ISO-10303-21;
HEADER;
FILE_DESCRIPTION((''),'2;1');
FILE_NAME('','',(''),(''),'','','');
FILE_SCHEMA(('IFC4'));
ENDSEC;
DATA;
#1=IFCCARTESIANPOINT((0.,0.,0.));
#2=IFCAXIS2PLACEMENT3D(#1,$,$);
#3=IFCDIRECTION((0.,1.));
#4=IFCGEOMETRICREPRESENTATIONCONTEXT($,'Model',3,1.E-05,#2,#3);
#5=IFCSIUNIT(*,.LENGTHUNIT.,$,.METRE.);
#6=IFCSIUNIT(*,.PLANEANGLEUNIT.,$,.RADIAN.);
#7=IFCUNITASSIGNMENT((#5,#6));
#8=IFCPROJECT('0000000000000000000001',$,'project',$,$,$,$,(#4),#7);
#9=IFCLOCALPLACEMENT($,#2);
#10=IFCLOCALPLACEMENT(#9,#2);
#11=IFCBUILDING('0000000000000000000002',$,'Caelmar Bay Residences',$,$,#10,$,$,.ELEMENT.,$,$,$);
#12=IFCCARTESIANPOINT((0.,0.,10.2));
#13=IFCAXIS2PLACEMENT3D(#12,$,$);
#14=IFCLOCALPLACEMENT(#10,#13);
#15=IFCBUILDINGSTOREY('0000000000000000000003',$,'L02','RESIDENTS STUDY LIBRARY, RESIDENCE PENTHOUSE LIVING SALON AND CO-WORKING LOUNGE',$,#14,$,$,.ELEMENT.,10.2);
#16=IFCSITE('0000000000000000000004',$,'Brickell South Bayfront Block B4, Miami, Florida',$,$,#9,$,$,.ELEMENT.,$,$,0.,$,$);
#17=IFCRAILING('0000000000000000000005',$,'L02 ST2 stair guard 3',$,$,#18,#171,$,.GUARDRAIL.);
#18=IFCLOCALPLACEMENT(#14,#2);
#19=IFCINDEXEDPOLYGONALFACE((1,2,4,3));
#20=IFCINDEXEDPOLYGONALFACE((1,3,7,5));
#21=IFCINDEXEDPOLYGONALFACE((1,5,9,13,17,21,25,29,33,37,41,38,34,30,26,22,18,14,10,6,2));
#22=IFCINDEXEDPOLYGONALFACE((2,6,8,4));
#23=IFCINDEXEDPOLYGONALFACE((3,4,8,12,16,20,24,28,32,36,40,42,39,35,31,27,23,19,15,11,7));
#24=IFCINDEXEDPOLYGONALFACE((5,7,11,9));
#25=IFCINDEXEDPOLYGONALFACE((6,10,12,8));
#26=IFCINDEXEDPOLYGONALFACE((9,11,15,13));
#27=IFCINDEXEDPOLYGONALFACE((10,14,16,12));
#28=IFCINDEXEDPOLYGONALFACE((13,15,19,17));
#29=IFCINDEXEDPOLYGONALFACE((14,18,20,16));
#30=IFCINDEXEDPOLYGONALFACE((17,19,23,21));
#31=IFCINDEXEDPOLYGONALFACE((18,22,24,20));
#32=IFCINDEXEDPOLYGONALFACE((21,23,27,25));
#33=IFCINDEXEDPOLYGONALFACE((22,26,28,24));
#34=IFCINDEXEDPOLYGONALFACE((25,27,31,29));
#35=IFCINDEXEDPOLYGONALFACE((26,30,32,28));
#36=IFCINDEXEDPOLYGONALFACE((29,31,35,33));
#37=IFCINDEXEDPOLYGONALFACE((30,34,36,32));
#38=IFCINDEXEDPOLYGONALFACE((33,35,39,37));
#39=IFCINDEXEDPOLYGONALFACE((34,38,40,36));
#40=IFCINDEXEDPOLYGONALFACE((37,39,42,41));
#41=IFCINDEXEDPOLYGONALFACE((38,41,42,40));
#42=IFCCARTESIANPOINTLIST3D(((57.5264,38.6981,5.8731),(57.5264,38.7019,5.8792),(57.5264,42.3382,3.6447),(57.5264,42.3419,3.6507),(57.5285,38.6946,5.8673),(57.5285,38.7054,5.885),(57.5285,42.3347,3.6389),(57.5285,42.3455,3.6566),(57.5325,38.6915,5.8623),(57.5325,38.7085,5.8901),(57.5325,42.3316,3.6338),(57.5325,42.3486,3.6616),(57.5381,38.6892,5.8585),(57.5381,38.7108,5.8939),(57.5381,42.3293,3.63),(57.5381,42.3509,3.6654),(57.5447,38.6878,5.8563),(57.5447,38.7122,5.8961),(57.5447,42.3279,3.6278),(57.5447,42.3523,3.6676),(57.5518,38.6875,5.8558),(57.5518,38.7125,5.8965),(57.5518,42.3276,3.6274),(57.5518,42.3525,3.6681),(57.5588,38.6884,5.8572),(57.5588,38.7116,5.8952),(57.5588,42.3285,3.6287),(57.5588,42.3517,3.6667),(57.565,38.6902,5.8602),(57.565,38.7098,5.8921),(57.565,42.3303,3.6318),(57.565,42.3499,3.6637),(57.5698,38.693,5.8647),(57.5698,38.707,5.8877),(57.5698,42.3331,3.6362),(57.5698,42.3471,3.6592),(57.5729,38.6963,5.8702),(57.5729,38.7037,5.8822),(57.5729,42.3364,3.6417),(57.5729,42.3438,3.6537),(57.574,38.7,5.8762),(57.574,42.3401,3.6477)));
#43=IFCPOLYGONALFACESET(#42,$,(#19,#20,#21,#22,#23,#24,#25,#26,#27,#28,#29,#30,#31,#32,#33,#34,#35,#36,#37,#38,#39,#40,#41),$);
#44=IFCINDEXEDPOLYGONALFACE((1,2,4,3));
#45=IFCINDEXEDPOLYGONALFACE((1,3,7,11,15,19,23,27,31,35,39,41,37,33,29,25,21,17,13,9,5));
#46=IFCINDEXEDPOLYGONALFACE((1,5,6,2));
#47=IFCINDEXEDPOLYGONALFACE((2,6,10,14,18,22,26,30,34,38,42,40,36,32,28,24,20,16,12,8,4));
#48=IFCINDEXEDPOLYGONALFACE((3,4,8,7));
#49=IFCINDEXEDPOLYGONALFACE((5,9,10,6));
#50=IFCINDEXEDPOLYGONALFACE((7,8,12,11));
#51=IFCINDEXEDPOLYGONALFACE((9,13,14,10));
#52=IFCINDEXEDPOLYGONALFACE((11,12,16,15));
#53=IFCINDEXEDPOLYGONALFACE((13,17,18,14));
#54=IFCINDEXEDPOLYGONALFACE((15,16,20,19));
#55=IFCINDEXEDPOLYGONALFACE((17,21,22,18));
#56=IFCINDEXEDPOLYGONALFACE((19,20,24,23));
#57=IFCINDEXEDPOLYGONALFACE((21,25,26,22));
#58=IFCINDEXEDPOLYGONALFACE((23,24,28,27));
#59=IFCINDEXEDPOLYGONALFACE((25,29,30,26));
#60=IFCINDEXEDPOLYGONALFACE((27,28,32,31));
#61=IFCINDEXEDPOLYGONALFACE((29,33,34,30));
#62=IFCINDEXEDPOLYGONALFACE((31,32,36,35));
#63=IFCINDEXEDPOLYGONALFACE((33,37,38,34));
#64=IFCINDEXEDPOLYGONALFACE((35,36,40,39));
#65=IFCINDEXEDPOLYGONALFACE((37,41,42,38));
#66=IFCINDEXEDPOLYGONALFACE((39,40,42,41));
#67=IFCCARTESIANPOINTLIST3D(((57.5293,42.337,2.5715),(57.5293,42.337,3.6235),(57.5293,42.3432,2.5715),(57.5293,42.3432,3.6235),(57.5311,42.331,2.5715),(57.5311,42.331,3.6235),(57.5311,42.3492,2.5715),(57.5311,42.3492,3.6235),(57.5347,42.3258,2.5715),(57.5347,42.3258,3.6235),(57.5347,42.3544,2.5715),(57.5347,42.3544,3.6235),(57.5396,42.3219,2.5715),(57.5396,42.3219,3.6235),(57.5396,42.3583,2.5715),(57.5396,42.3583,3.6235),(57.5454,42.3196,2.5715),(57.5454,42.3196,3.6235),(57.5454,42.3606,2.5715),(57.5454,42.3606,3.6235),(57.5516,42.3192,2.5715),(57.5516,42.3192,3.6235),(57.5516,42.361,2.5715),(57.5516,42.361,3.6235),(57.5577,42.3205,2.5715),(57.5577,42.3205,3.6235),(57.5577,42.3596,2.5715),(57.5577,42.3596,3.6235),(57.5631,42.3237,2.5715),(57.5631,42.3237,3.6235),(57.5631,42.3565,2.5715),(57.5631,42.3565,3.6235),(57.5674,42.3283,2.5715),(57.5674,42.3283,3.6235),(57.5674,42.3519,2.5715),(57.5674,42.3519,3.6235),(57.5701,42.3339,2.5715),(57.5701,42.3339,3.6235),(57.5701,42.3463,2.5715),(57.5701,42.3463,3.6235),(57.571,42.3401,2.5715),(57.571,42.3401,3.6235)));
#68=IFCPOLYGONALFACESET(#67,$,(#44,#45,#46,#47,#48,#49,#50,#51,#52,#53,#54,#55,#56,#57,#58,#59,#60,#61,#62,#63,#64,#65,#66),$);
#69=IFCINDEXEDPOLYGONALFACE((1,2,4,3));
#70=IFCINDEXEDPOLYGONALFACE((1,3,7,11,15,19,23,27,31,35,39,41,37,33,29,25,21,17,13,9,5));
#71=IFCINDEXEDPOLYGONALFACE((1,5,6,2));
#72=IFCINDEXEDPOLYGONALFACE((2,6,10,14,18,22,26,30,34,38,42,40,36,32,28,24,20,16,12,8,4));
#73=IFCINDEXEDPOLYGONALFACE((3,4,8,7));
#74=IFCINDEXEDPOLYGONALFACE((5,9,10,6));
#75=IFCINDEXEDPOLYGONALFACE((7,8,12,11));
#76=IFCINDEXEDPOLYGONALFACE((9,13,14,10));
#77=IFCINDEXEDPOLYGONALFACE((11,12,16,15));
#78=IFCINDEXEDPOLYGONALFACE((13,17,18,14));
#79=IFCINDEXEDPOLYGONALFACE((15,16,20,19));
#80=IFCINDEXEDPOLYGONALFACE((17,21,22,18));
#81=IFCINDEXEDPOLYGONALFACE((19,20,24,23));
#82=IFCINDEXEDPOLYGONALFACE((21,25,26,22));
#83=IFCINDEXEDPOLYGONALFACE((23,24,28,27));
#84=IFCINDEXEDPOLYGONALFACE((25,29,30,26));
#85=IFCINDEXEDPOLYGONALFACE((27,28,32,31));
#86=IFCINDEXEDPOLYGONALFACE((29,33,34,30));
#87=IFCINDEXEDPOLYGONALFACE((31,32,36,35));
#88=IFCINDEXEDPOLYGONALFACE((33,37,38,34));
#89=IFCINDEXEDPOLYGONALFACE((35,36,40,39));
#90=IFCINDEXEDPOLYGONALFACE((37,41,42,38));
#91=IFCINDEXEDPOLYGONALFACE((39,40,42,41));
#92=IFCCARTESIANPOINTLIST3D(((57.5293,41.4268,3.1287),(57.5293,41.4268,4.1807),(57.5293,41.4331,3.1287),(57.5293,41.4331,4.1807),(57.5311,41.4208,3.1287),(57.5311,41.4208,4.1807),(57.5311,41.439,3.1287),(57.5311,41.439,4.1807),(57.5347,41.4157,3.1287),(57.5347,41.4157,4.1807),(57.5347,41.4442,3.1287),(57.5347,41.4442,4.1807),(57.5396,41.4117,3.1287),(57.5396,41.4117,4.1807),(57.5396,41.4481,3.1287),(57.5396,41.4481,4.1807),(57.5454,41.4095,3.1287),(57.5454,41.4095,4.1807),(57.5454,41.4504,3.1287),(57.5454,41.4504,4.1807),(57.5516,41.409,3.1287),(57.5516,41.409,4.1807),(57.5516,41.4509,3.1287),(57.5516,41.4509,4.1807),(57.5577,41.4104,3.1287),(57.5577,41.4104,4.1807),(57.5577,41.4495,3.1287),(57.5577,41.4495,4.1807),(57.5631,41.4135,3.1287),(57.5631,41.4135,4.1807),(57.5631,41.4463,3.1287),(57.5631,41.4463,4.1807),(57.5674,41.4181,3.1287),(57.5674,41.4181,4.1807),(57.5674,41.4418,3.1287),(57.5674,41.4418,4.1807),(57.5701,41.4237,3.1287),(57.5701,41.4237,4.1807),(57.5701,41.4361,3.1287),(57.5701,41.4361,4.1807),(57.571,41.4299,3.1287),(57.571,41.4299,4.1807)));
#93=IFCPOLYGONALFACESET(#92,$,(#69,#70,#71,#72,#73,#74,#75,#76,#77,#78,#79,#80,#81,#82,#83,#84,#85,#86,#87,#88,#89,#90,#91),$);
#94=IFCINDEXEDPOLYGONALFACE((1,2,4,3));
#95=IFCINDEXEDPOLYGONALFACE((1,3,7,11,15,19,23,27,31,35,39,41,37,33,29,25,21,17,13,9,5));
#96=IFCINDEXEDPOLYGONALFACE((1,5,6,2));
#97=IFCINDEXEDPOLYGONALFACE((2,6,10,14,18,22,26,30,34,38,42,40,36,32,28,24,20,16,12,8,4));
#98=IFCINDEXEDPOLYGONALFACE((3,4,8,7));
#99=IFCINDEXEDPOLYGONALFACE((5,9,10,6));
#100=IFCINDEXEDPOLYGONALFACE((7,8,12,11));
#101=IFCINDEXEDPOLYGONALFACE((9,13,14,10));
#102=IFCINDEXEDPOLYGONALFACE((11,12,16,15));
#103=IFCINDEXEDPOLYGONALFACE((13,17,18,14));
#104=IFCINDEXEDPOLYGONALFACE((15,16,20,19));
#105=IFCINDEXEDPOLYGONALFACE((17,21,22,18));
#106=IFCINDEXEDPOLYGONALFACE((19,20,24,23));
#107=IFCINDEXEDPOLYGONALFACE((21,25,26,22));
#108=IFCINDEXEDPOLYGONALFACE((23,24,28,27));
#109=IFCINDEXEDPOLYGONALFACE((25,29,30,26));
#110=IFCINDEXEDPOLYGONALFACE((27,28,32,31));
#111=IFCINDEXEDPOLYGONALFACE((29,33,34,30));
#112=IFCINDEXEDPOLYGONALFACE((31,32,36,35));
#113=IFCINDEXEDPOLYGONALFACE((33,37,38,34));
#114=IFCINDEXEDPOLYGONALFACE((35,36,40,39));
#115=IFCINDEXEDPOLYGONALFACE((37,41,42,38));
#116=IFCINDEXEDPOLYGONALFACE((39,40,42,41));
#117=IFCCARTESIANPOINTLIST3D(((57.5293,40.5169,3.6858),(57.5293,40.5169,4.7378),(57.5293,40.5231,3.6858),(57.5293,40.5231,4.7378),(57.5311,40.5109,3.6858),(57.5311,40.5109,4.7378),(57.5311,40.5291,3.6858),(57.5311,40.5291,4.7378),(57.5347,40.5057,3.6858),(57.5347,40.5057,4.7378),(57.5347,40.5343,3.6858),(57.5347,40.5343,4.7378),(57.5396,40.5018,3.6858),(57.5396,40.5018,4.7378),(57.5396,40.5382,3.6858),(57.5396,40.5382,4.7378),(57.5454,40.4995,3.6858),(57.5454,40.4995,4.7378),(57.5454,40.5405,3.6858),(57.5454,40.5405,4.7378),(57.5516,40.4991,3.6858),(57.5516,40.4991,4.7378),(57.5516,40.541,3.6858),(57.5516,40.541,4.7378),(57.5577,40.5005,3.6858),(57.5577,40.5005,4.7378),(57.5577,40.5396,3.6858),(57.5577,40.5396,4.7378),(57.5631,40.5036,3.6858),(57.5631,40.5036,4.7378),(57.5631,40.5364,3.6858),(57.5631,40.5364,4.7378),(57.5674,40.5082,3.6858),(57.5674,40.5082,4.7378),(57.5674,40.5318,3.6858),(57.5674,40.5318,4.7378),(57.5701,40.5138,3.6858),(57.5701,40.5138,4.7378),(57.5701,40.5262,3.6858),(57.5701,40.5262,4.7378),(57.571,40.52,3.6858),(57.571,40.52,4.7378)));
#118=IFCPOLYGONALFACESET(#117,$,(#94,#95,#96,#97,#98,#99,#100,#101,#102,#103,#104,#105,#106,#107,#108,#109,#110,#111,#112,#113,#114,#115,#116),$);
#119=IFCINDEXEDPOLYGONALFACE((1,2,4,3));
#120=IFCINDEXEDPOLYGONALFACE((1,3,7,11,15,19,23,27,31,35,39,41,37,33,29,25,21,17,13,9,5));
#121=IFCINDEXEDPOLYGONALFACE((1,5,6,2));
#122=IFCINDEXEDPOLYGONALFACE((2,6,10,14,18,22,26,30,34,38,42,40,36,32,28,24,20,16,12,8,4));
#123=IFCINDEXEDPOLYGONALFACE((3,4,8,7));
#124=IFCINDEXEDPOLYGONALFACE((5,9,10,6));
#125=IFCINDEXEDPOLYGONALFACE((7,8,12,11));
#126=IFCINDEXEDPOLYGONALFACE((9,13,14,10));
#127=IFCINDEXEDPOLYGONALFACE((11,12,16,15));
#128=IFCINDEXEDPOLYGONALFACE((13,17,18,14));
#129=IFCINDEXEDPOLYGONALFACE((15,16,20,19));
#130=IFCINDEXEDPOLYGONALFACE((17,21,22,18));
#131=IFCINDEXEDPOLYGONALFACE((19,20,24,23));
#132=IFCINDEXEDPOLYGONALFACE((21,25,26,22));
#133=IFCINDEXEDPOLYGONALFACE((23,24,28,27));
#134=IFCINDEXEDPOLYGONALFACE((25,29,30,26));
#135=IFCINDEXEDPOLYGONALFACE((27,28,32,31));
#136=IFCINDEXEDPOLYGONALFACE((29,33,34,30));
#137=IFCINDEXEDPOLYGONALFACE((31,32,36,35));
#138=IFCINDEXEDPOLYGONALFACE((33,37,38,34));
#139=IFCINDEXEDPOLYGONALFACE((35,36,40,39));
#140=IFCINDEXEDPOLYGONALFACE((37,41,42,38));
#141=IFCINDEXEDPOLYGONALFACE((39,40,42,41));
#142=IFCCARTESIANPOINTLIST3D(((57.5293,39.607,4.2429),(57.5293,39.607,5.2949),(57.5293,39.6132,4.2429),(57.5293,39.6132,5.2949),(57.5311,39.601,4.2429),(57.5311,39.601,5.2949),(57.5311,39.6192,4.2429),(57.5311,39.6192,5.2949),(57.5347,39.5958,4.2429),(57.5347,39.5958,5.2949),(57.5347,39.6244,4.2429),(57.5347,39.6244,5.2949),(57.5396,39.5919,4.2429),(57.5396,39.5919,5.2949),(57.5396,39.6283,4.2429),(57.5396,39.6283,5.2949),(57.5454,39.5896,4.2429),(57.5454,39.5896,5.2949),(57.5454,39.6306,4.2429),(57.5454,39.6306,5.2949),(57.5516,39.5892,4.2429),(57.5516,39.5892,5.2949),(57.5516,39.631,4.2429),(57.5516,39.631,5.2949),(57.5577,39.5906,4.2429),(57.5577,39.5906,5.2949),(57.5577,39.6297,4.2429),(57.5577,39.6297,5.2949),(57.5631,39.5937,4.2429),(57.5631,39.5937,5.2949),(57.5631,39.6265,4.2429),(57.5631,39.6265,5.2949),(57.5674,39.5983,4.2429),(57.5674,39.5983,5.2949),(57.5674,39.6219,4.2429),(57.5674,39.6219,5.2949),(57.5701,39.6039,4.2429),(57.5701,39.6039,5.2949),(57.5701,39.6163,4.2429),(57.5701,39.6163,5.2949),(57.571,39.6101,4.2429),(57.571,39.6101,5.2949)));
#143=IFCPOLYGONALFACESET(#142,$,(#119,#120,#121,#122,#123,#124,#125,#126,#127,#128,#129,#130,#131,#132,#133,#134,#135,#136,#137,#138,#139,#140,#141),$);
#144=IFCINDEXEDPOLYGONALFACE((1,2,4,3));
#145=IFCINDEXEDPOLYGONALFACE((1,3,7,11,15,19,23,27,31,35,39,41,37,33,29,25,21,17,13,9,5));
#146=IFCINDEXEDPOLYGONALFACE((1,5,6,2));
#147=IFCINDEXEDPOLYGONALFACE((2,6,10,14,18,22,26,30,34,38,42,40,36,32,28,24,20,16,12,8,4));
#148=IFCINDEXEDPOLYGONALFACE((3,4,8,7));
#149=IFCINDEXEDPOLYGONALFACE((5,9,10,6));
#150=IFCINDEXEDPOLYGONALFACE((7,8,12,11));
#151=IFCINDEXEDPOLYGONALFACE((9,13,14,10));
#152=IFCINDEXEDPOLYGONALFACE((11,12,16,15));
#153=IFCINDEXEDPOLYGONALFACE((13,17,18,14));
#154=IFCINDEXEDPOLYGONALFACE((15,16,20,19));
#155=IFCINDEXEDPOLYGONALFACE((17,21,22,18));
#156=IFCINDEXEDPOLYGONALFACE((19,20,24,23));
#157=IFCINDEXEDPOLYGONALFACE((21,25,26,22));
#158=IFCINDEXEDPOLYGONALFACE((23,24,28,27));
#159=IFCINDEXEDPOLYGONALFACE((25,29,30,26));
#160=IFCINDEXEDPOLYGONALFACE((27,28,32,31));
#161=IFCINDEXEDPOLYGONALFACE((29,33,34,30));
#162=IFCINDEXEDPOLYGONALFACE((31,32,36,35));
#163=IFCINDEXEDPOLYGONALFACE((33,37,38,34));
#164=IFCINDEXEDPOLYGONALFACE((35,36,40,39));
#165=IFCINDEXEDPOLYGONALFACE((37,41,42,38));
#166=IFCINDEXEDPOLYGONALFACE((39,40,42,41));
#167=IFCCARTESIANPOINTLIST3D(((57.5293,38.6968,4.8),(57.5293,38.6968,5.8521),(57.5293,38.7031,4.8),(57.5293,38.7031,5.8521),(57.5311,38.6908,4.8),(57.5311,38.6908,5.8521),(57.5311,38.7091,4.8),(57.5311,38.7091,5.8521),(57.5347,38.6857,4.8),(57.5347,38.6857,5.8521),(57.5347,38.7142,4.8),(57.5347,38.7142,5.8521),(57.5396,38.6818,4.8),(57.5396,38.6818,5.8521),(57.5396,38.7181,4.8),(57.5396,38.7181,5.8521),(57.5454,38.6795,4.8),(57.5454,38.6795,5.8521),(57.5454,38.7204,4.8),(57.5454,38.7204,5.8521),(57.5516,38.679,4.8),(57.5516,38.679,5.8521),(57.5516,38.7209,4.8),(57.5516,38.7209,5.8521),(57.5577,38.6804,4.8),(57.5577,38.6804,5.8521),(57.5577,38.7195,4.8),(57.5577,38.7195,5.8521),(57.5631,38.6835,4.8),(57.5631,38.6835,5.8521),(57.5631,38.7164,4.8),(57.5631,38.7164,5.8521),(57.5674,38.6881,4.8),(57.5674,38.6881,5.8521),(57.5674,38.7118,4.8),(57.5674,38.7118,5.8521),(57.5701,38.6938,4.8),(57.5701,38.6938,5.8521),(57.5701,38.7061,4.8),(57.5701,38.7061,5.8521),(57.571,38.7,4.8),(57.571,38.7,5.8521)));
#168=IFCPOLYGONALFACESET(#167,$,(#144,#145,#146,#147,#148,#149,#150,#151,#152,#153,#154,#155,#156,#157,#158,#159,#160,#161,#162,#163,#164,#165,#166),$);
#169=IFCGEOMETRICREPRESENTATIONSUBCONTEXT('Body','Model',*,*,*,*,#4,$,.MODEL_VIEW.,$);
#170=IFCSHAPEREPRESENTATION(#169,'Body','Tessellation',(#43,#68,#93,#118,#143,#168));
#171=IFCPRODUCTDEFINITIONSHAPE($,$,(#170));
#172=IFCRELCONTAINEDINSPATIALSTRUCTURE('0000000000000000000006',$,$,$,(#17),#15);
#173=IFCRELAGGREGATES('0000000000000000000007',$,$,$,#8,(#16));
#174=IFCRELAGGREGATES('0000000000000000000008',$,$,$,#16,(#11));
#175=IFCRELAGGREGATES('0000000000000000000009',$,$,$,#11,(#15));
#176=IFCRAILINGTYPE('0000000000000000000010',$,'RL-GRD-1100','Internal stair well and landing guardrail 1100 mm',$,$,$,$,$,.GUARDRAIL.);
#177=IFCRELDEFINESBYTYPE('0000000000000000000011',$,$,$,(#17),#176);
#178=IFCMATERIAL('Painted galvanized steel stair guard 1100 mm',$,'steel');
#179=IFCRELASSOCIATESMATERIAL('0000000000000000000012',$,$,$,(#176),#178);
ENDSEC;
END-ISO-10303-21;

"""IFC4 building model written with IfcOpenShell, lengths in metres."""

from ifc_helpers import new_model, si_unit, direction, frame, origin, origin_2d, place, context, subcontext, project, spatial, circle, extrude, material, type_object, element, save


model = new_model("IFC4")

# Units and contexts
model_context = context("Model", 3, precision=1e-05, world=origin(), true_north=direction((0.0, 1.0)))
body_context = subcontext(model_context, "Body", "Model", "MODEL_VIEW")
ifc_project = project(units=[si_unit("LENGTHUNIT", "METRE"), si_unit("PLANEANGLEUNIT", "RADIAN")], contexts=[model_context])

# Site, building, storey
site_placement = place(None, origin())
site = spatial("IfcSite", under=ifc_project, at=site_placement, Name="Brickell South Bayfront Block B4, Miami, Florida", CompositionType="ELEMENT", RefElevation=0.0)
building_placement = place(site_placement, origin())
building = spatial("IfcBuilding", under=site, at=building_placement, Name="Caelmar Bay Residences", CompositionType="ELEMENT")
storey_placement = place(building_placement, frame((0.0, 0.0, 10.2)))
storey = spatial("IfcBuildingStorey", under=building, at=storey_placement, Name="L02", Description="RESIDENTS STUDY LIBRARY, RESIDENCE PENTHOUSE LIVING SALON AND CO-WORKING LOUNGE", CompositionType="ELEMENT", Elevation=10.2)

# Railing
ifc_material_1 = material(Name="Painted galvanized steel stair guard 1100 mm", Category="steel")
railing_type_1 = type_object("IfcRailingType", Name="RL-GRD-1100", Description="Internal stair well and landing guardrail 1100 mm", PredefinedType="GUARDRAIL", material=ifc_material_1)
railing_1_placement = place(storey_placement, frame((57.55, 42.3401, 2.5715)))
element("IfcRailing", 1, at=railing_1_placement, inside=storey, type_object=railing_type_1, Name="L02 ST2 stair guard 3", PredefinedType="GUARDRAIL", context=body_context, shape_type="SweptSolid", body=[
    extrude(circle(Radius=0.0239, at=origin_2d()), frame((0.0, 0.0, 1.0762), z_axis=(0.0, -0.852866, 0.52213), x_axis=(1.0, 0.0, 0.0)), (0.0, 0.0, 1.0), 4.2681),
    extrude(circle(Radius=0.021, at=origin_2d()), origin(), (0.0, 0.0, 1.0), 1.052),
    extrude(circle(Radius=0.021, at=origin_2d()), frame((0.0, -0.9102, 0.5571)), (0.0, 0.0, 1.0), 1.052),
    extrude(circle(Radius=0.021, at=origin_2d()), frame((0.0, -1.8201, 1.1143)), (0.0, 0.0, 1.0), 1.052),
    extrude(circle(Radius=0.021, at=origin_2d()), frame((0.0, -2.73, 1.6714)), (0.0, 0.0, 1.0), 1.052),
    extrude(circle(Radius=0.021, at=origin_2d()), frame((0.0, -3.6401, 2.2285)), (0.0, 0.0, 1.0), 1.052),
])

save(model, "model.ifc")
